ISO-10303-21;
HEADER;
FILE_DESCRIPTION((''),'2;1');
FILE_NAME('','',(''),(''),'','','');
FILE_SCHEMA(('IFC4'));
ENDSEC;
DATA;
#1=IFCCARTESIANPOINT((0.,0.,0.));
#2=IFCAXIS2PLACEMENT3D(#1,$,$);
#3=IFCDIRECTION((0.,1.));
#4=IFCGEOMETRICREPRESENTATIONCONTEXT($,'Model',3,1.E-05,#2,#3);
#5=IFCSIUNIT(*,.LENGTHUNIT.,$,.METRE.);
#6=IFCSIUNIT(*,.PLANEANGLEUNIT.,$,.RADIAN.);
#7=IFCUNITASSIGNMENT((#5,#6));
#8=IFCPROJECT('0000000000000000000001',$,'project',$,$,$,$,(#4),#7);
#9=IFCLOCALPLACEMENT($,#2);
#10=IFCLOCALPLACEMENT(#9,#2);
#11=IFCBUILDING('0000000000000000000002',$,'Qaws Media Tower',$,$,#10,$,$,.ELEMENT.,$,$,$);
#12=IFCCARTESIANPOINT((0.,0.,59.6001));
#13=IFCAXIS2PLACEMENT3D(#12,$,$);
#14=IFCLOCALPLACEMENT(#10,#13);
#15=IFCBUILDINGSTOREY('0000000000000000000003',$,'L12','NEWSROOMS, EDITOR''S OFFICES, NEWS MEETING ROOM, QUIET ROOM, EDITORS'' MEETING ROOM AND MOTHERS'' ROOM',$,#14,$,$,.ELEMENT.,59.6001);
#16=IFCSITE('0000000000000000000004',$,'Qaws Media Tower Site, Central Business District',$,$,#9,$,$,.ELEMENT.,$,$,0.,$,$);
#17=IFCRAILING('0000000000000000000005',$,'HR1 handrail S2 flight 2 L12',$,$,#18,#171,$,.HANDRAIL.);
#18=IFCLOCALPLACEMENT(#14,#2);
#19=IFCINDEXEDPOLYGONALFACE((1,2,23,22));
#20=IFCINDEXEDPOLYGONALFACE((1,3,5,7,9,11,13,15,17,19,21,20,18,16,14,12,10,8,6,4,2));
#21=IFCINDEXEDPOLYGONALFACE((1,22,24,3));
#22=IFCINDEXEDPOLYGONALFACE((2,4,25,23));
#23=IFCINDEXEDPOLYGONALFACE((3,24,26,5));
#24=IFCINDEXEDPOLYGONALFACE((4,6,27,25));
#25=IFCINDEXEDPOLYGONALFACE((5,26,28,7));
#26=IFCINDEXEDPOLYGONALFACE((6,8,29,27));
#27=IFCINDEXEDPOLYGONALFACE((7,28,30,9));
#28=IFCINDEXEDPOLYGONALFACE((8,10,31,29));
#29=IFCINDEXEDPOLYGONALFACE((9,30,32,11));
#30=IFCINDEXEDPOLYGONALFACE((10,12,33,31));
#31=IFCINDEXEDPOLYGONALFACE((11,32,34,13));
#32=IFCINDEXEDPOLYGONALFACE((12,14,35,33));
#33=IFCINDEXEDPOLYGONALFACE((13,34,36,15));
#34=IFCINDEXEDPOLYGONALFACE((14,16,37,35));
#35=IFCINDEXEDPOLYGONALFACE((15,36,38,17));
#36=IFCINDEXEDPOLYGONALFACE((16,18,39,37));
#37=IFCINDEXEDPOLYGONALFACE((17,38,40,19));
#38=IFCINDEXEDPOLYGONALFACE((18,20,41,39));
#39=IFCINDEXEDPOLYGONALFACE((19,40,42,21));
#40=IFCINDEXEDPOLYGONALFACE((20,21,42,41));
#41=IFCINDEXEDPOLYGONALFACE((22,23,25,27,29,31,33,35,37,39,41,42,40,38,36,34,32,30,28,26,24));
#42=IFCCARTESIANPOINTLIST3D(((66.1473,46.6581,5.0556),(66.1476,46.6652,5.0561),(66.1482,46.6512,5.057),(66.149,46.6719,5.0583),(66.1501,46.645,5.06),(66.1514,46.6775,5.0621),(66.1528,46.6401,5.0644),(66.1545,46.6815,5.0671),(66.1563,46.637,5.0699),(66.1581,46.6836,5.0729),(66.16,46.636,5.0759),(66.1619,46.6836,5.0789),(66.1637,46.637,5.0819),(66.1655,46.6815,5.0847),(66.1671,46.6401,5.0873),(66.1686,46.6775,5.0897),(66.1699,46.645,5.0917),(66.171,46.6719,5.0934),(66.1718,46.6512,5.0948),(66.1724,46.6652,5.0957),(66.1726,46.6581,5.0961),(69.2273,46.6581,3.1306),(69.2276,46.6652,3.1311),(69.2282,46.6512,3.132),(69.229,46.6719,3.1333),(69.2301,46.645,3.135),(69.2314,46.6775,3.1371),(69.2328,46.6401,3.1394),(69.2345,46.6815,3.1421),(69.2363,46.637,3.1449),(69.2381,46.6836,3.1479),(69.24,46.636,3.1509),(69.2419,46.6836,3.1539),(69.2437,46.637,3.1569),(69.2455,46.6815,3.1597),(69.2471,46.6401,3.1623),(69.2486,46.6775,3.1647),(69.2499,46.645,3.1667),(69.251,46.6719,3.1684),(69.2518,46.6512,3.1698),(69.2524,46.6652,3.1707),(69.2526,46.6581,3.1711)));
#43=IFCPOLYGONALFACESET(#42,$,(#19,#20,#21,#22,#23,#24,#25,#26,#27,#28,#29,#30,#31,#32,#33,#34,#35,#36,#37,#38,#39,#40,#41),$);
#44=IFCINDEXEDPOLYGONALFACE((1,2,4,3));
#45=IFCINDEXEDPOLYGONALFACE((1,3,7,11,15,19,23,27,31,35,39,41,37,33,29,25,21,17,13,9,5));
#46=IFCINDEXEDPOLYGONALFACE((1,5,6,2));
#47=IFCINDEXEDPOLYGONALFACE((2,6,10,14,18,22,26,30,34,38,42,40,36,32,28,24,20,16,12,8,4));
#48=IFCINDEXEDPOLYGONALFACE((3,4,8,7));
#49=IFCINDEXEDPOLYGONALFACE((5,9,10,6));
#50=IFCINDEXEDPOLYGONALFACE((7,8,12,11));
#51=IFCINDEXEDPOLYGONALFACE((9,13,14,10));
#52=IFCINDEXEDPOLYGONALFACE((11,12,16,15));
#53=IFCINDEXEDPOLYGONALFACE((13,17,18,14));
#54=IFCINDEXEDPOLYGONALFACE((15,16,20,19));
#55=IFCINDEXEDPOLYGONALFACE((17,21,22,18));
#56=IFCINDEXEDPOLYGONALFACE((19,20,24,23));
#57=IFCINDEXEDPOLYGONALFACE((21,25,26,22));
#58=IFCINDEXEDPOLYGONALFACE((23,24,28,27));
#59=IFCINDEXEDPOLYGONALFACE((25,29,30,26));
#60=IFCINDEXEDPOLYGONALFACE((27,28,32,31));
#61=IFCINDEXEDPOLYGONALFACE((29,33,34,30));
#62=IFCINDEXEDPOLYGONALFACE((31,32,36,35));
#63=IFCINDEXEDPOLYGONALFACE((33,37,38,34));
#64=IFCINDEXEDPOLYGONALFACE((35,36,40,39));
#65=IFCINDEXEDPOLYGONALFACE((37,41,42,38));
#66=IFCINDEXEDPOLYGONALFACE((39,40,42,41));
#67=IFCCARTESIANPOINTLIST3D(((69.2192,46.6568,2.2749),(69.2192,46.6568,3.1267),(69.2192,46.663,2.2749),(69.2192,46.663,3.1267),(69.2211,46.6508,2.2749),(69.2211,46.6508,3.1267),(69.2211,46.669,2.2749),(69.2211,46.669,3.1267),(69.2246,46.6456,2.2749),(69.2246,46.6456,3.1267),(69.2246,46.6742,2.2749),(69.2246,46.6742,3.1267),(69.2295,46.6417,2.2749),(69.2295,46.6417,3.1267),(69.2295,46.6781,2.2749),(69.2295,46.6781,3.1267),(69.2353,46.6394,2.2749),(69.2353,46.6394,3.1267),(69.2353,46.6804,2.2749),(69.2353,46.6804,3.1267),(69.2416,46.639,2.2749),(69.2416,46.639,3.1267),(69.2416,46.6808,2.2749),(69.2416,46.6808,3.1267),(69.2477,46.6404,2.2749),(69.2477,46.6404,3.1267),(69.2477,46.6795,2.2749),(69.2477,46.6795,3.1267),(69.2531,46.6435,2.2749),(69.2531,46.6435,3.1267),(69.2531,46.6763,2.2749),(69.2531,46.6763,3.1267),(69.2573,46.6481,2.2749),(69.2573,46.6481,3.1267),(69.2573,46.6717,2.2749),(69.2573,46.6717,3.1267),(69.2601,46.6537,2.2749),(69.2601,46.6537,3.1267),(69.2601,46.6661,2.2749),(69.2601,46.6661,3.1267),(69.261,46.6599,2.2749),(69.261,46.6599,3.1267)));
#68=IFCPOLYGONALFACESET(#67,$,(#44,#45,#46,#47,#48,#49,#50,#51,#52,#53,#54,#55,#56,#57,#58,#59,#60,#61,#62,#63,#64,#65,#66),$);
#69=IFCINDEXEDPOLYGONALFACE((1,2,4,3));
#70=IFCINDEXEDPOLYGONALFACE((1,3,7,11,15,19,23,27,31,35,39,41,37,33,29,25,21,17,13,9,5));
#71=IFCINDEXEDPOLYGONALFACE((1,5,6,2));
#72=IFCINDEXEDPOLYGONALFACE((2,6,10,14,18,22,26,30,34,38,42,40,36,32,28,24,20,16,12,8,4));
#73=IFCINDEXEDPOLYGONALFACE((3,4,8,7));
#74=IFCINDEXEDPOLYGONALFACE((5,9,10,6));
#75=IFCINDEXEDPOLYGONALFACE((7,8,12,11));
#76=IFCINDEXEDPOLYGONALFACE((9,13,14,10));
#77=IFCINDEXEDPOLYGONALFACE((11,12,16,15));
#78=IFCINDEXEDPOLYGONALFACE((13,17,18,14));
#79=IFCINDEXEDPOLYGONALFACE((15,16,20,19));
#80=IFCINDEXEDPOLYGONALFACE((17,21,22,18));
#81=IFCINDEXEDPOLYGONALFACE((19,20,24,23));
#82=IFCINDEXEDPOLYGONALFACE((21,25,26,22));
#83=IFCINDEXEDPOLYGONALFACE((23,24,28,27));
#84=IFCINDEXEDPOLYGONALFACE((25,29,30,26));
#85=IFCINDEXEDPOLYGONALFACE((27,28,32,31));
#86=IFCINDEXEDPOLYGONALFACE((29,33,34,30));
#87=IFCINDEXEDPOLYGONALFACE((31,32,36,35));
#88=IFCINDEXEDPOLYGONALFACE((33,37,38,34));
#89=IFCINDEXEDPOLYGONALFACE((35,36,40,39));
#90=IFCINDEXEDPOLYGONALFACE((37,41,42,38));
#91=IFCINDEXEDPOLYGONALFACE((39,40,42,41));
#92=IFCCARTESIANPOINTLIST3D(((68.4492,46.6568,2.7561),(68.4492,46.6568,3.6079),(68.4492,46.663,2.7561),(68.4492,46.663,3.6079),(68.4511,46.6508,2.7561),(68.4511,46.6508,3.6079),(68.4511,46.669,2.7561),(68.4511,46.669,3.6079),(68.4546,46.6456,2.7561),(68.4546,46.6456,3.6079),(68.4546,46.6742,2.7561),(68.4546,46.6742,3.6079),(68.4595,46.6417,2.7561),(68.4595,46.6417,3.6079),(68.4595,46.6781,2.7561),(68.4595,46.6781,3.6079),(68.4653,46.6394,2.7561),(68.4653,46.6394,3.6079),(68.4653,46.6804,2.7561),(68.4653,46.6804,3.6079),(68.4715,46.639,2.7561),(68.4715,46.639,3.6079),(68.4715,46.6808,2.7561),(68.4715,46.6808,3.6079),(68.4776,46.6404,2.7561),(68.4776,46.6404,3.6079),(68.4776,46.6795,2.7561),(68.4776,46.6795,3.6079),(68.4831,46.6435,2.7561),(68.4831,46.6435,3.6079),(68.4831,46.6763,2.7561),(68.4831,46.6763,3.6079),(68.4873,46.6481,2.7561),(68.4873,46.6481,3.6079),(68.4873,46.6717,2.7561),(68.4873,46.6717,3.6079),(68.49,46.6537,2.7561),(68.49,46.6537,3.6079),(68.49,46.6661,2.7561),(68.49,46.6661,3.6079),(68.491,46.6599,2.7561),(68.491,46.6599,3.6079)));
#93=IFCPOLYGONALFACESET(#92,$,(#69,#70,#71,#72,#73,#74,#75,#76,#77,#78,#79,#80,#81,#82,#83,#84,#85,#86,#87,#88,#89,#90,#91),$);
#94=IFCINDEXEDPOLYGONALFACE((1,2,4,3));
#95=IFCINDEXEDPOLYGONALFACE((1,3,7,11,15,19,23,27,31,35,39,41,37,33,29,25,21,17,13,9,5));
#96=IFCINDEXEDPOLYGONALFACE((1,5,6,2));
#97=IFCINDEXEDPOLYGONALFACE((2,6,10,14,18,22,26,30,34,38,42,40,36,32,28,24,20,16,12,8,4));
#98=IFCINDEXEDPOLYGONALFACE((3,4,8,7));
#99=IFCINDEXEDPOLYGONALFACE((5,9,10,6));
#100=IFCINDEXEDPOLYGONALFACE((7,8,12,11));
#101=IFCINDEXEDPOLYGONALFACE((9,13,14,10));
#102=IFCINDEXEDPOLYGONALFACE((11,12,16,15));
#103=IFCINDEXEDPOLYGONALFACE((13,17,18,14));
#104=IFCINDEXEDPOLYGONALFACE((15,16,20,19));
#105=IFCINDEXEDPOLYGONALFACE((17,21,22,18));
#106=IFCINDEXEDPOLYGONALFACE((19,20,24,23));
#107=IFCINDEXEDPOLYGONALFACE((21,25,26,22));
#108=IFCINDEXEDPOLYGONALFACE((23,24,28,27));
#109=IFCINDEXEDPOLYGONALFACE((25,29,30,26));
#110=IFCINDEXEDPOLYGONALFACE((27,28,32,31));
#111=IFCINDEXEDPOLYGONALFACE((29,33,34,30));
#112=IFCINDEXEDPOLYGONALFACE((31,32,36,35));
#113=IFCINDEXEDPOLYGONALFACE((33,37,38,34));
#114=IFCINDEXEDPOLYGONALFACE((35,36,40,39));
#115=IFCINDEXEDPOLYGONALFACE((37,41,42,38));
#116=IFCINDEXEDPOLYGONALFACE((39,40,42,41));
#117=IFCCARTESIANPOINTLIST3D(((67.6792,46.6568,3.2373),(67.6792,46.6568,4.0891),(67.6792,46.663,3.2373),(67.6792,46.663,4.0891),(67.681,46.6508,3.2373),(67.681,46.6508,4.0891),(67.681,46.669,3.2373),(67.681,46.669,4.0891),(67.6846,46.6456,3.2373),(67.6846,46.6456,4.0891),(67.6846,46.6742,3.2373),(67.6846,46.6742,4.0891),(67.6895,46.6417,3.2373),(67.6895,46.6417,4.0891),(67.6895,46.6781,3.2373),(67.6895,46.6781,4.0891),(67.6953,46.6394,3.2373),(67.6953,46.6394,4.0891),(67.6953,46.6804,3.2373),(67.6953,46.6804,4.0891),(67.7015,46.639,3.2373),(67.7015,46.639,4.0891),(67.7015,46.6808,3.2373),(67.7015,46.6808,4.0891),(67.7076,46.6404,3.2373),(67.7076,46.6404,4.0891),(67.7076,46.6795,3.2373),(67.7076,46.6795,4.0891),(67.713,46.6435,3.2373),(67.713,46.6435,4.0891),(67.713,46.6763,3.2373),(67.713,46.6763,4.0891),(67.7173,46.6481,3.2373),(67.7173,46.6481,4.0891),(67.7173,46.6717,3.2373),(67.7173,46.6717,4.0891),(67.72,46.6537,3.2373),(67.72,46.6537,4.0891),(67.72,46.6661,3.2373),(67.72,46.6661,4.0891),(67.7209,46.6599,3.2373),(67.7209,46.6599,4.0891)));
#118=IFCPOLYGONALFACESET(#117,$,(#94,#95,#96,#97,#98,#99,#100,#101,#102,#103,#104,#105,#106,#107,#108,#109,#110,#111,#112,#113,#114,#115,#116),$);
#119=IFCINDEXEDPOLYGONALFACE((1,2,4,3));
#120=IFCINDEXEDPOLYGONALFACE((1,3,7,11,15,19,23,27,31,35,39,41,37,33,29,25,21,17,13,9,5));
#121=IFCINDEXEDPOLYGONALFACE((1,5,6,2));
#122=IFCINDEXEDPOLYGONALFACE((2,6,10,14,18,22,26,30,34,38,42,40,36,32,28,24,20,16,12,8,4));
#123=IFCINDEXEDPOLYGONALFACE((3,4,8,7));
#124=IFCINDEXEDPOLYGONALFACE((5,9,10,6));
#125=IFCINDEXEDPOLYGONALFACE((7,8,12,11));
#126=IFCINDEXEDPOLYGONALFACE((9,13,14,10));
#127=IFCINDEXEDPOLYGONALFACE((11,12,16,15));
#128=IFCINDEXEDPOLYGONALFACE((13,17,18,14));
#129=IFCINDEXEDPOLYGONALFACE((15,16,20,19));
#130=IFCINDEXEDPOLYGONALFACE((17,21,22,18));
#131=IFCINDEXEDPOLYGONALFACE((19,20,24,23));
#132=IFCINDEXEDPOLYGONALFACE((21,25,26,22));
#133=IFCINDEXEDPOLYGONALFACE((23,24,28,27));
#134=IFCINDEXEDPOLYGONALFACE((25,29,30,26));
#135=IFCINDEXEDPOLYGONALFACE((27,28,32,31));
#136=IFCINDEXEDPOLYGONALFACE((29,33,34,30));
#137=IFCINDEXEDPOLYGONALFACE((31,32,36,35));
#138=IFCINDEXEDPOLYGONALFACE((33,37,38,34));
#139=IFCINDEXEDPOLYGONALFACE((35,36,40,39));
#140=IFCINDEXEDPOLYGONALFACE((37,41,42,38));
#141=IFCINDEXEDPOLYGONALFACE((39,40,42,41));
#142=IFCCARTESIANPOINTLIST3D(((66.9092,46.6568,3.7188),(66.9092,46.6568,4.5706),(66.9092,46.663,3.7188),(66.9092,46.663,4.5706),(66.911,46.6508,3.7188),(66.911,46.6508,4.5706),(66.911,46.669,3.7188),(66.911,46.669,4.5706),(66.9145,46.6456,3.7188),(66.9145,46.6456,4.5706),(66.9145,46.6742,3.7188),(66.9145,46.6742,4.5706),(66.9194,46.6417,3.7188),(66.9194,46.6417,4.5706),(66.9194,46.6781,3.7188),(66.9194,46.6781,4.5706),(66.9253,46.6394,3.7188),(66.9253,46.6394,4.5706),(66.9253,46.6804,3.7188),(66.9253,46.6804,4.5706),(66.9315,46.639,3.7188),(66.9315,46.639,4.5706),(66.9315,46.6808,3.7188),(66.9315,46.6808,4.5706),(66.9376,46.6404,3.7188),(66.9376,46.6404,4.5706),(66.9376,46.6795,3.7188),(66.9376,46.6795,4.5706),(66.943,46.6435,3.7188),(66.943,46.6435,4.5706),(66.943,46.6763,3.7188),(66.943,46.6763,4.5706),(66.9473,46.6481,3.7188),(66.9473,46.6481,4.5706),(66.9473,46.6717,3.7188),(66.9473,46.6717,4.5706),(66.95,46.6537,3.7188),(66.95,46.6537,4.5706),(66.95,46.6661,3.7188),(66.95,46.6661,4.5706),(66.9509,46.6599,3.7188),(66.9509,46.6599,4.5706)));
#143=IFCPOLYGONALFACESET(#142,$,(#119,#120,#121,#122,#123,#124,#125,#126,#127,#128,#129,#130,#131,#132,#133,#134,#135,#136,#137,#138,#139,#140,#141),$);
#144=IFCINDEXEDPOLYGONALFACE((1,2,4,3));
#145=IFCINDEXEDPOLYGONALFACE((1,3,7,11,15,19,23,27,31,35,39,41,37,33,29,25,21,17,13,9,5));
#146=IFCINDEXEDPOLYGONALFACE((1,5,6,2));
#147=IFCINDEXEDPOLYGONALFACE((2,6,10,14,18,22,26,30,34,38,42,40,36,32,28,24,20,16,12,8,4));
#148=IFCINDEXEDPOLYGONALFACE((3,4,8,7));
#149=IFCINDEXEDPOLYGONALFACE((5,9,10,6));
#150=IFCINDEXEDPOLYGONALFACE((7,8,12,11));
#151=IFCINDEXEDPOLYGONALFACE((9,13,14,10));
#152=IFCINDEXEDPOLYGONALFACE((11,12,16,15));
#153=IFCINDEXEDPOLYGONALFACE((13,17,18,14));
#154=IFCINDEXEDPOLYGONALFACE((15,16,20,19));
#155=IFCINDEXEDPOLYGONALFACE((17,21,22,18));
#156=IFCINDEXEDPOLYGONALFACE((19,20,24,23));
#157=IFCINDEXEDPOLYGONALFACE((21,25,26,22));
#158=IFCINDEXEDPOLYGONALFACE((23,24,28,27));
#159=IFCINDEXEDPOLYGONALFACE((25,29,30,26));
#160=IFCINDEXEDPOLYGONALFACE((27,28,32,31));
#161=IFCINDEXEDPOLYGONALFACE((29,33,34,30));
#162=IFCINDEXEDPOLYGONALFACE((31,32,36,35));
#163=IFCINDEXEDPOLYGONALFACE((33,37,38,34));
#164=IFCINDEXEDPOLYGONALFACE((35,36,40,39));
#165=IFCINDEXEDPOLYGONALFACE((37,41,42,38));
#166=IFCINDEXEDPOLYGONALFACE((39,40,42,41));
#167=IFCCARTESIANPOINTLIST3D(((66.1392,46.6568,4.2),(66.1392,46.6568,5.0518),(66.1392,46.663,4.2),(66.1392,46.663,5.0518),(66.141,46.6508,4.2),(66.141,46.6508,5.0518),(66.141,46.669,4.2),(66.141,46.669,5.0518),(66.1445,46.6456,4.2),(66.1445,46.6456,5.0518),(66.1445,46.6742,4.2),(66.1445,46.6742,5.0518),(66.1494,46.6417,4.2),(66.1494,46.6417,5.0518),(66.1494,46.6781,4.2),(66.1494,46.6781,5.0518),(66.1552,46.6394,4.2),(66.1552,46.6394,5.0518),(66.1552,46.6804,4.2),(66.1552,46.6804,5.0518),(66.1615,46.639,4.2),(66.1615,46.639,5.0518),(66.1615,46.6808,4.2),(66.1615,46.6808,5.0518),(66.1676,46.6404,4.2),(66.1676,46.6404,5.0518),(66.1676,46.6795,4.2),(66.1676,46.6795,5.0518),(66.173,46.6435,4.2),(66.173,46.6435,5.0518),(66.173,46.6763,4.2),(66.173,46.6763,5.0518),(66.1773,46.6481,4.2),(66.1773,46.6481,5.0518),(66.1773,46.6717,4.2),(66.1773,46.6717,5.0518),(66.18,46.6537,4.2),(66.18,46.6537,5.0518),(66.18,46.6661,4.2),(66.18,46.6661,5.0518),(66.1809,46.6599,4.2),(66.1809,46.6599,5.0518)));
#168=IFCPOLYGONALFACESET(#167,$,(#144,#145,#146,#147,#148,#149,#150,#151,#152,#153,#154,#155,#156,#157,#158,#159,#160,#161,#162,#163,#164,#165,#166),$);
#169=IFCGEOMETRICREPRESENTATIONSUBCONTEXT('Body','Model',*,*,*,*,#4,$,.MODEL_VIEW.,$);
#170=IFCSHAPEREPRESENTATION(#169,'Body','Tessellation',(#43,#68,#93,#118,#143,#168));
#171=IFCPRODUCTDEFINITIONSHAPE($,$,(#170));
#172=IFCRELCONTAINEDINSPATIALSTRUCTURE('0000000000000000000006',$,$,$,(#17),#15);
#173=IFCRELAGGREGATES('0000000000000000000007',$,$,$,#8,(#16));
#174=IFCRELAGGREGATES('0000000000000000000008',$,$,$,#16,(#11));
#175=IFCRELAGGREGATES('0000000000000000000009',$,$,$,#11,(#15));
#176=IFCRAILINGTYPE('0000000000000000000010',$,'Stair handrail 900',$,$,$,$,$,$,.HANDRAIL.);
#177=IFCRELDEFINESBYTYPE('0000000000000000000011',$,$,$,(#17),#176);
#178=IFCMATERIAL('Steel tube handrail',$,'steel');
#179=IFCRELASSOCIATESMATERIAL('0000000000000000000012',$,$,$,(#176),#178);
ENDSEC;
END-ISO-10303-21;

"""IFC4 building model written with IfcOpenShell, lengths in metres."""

from ifc_helpers import new_model, si_unit, direction, frame, origin, origin_2d, place, context, subcontext, project, spatial, circle, extrude, material, type_object, element, save


model = new_model("IFC4")

# Units and contexts
model_context = context("Model", 3, precision=1e-05, world=origin(), true_north=direction((0.0, 1.0)))
body_context = subcontext(model_context, "Body", "Model", "MODEL_VIEW")
ifc_project = project(units=[si_unit("LENGTHUNIT", "METRE"), si_unit("PLANEANGLEUNIT", "RADIAN")], contexts=[model_context])

# Site, building, storey
site_placement = place(None, origin())
site = spatial("IfcSite", under=ifc_project, at=site_placement, Name="Qaws Media Tower Site, Central Business District", CompositionType="ELEMENT", RefElevation=0.0)
building_placement = place(site_placement, origin())
building = spatial("IfcBuilding", under=site, at=building_placement, Name="Qaws Media Tower", CompositionType="ELEMENT")
storey_placement = place(building_placement, frame((0.0, 0.0, 59.6001)))
storey = spatial("IfcBuildingStorey", under=building, at=storey_placement, Name="L12", Description="NEWSROOMS, EDITOR'S OFFICES, NEWS MEETING ROOM, QUIET ROOM, EDITORS' MEETING ROOM AND MOTHERS' ROOM", CompositionType="ELEMENT", Elevation=59.6001)

# Railing
ifc_material_1 = material(Name="Steel tube handrail", Category="steel")
railing_type = type_object("IfcRailingType", Name="Stair handrail 900", PredefinedType="HANDRAIL", material=ifc_material_1)
for number, where, name in (
    (1, (69.24, 46.6599, 2.2749), "HR1 handrail S2 flight 2 L12"),
):
    element("IfcRailing", number, at=place(storey_placement, frame(where)), inside=storey, type_object=railing_type, Name=name, PredefinedType="HANDRAIL", context=body_context, shape_type="SweptSolid", body=[
        extrude(circle(Radius=0.0239, at=origin_2d()), frame((0.0, 0.0, 0.876), z_axis=(-0.847998, 0.0, 0.529999), x_axis=(0.0, -1.0, 0.0)), (0.0, 0.0, 1.0), 3.6321),
        extrude(circle(Radius=0.021, at=origin_2d()), origin(), (0.0, 0.0, 1.0), 0.8518),
        extrude(circle(Radius=0.021, at=origin_2d()), frame((-0.77, 0.0, 0.4812)), (0.0, 0.0, 1.0), 0.8518),
        extrude(circle(Radius=0.021, at=origin_2d()), frame((-1.54, 0.0, 0.9624)), (0.0, 0.0, 1.0), 0.8518),
        extrude(circle(Radius=0.021, at=origin_2d()), frame((-2.3101, 0.0, 1.4438)), (0.0, 0.0, 1.0), 0.8518),
        extrude(circle(Radius=0.021, at=origin_2d()), frame((-3.0801, 0.0, 1.925)), (0.0, 0.0, 1.0), 0.8518),
    ])

save(model, "model.ifc")
